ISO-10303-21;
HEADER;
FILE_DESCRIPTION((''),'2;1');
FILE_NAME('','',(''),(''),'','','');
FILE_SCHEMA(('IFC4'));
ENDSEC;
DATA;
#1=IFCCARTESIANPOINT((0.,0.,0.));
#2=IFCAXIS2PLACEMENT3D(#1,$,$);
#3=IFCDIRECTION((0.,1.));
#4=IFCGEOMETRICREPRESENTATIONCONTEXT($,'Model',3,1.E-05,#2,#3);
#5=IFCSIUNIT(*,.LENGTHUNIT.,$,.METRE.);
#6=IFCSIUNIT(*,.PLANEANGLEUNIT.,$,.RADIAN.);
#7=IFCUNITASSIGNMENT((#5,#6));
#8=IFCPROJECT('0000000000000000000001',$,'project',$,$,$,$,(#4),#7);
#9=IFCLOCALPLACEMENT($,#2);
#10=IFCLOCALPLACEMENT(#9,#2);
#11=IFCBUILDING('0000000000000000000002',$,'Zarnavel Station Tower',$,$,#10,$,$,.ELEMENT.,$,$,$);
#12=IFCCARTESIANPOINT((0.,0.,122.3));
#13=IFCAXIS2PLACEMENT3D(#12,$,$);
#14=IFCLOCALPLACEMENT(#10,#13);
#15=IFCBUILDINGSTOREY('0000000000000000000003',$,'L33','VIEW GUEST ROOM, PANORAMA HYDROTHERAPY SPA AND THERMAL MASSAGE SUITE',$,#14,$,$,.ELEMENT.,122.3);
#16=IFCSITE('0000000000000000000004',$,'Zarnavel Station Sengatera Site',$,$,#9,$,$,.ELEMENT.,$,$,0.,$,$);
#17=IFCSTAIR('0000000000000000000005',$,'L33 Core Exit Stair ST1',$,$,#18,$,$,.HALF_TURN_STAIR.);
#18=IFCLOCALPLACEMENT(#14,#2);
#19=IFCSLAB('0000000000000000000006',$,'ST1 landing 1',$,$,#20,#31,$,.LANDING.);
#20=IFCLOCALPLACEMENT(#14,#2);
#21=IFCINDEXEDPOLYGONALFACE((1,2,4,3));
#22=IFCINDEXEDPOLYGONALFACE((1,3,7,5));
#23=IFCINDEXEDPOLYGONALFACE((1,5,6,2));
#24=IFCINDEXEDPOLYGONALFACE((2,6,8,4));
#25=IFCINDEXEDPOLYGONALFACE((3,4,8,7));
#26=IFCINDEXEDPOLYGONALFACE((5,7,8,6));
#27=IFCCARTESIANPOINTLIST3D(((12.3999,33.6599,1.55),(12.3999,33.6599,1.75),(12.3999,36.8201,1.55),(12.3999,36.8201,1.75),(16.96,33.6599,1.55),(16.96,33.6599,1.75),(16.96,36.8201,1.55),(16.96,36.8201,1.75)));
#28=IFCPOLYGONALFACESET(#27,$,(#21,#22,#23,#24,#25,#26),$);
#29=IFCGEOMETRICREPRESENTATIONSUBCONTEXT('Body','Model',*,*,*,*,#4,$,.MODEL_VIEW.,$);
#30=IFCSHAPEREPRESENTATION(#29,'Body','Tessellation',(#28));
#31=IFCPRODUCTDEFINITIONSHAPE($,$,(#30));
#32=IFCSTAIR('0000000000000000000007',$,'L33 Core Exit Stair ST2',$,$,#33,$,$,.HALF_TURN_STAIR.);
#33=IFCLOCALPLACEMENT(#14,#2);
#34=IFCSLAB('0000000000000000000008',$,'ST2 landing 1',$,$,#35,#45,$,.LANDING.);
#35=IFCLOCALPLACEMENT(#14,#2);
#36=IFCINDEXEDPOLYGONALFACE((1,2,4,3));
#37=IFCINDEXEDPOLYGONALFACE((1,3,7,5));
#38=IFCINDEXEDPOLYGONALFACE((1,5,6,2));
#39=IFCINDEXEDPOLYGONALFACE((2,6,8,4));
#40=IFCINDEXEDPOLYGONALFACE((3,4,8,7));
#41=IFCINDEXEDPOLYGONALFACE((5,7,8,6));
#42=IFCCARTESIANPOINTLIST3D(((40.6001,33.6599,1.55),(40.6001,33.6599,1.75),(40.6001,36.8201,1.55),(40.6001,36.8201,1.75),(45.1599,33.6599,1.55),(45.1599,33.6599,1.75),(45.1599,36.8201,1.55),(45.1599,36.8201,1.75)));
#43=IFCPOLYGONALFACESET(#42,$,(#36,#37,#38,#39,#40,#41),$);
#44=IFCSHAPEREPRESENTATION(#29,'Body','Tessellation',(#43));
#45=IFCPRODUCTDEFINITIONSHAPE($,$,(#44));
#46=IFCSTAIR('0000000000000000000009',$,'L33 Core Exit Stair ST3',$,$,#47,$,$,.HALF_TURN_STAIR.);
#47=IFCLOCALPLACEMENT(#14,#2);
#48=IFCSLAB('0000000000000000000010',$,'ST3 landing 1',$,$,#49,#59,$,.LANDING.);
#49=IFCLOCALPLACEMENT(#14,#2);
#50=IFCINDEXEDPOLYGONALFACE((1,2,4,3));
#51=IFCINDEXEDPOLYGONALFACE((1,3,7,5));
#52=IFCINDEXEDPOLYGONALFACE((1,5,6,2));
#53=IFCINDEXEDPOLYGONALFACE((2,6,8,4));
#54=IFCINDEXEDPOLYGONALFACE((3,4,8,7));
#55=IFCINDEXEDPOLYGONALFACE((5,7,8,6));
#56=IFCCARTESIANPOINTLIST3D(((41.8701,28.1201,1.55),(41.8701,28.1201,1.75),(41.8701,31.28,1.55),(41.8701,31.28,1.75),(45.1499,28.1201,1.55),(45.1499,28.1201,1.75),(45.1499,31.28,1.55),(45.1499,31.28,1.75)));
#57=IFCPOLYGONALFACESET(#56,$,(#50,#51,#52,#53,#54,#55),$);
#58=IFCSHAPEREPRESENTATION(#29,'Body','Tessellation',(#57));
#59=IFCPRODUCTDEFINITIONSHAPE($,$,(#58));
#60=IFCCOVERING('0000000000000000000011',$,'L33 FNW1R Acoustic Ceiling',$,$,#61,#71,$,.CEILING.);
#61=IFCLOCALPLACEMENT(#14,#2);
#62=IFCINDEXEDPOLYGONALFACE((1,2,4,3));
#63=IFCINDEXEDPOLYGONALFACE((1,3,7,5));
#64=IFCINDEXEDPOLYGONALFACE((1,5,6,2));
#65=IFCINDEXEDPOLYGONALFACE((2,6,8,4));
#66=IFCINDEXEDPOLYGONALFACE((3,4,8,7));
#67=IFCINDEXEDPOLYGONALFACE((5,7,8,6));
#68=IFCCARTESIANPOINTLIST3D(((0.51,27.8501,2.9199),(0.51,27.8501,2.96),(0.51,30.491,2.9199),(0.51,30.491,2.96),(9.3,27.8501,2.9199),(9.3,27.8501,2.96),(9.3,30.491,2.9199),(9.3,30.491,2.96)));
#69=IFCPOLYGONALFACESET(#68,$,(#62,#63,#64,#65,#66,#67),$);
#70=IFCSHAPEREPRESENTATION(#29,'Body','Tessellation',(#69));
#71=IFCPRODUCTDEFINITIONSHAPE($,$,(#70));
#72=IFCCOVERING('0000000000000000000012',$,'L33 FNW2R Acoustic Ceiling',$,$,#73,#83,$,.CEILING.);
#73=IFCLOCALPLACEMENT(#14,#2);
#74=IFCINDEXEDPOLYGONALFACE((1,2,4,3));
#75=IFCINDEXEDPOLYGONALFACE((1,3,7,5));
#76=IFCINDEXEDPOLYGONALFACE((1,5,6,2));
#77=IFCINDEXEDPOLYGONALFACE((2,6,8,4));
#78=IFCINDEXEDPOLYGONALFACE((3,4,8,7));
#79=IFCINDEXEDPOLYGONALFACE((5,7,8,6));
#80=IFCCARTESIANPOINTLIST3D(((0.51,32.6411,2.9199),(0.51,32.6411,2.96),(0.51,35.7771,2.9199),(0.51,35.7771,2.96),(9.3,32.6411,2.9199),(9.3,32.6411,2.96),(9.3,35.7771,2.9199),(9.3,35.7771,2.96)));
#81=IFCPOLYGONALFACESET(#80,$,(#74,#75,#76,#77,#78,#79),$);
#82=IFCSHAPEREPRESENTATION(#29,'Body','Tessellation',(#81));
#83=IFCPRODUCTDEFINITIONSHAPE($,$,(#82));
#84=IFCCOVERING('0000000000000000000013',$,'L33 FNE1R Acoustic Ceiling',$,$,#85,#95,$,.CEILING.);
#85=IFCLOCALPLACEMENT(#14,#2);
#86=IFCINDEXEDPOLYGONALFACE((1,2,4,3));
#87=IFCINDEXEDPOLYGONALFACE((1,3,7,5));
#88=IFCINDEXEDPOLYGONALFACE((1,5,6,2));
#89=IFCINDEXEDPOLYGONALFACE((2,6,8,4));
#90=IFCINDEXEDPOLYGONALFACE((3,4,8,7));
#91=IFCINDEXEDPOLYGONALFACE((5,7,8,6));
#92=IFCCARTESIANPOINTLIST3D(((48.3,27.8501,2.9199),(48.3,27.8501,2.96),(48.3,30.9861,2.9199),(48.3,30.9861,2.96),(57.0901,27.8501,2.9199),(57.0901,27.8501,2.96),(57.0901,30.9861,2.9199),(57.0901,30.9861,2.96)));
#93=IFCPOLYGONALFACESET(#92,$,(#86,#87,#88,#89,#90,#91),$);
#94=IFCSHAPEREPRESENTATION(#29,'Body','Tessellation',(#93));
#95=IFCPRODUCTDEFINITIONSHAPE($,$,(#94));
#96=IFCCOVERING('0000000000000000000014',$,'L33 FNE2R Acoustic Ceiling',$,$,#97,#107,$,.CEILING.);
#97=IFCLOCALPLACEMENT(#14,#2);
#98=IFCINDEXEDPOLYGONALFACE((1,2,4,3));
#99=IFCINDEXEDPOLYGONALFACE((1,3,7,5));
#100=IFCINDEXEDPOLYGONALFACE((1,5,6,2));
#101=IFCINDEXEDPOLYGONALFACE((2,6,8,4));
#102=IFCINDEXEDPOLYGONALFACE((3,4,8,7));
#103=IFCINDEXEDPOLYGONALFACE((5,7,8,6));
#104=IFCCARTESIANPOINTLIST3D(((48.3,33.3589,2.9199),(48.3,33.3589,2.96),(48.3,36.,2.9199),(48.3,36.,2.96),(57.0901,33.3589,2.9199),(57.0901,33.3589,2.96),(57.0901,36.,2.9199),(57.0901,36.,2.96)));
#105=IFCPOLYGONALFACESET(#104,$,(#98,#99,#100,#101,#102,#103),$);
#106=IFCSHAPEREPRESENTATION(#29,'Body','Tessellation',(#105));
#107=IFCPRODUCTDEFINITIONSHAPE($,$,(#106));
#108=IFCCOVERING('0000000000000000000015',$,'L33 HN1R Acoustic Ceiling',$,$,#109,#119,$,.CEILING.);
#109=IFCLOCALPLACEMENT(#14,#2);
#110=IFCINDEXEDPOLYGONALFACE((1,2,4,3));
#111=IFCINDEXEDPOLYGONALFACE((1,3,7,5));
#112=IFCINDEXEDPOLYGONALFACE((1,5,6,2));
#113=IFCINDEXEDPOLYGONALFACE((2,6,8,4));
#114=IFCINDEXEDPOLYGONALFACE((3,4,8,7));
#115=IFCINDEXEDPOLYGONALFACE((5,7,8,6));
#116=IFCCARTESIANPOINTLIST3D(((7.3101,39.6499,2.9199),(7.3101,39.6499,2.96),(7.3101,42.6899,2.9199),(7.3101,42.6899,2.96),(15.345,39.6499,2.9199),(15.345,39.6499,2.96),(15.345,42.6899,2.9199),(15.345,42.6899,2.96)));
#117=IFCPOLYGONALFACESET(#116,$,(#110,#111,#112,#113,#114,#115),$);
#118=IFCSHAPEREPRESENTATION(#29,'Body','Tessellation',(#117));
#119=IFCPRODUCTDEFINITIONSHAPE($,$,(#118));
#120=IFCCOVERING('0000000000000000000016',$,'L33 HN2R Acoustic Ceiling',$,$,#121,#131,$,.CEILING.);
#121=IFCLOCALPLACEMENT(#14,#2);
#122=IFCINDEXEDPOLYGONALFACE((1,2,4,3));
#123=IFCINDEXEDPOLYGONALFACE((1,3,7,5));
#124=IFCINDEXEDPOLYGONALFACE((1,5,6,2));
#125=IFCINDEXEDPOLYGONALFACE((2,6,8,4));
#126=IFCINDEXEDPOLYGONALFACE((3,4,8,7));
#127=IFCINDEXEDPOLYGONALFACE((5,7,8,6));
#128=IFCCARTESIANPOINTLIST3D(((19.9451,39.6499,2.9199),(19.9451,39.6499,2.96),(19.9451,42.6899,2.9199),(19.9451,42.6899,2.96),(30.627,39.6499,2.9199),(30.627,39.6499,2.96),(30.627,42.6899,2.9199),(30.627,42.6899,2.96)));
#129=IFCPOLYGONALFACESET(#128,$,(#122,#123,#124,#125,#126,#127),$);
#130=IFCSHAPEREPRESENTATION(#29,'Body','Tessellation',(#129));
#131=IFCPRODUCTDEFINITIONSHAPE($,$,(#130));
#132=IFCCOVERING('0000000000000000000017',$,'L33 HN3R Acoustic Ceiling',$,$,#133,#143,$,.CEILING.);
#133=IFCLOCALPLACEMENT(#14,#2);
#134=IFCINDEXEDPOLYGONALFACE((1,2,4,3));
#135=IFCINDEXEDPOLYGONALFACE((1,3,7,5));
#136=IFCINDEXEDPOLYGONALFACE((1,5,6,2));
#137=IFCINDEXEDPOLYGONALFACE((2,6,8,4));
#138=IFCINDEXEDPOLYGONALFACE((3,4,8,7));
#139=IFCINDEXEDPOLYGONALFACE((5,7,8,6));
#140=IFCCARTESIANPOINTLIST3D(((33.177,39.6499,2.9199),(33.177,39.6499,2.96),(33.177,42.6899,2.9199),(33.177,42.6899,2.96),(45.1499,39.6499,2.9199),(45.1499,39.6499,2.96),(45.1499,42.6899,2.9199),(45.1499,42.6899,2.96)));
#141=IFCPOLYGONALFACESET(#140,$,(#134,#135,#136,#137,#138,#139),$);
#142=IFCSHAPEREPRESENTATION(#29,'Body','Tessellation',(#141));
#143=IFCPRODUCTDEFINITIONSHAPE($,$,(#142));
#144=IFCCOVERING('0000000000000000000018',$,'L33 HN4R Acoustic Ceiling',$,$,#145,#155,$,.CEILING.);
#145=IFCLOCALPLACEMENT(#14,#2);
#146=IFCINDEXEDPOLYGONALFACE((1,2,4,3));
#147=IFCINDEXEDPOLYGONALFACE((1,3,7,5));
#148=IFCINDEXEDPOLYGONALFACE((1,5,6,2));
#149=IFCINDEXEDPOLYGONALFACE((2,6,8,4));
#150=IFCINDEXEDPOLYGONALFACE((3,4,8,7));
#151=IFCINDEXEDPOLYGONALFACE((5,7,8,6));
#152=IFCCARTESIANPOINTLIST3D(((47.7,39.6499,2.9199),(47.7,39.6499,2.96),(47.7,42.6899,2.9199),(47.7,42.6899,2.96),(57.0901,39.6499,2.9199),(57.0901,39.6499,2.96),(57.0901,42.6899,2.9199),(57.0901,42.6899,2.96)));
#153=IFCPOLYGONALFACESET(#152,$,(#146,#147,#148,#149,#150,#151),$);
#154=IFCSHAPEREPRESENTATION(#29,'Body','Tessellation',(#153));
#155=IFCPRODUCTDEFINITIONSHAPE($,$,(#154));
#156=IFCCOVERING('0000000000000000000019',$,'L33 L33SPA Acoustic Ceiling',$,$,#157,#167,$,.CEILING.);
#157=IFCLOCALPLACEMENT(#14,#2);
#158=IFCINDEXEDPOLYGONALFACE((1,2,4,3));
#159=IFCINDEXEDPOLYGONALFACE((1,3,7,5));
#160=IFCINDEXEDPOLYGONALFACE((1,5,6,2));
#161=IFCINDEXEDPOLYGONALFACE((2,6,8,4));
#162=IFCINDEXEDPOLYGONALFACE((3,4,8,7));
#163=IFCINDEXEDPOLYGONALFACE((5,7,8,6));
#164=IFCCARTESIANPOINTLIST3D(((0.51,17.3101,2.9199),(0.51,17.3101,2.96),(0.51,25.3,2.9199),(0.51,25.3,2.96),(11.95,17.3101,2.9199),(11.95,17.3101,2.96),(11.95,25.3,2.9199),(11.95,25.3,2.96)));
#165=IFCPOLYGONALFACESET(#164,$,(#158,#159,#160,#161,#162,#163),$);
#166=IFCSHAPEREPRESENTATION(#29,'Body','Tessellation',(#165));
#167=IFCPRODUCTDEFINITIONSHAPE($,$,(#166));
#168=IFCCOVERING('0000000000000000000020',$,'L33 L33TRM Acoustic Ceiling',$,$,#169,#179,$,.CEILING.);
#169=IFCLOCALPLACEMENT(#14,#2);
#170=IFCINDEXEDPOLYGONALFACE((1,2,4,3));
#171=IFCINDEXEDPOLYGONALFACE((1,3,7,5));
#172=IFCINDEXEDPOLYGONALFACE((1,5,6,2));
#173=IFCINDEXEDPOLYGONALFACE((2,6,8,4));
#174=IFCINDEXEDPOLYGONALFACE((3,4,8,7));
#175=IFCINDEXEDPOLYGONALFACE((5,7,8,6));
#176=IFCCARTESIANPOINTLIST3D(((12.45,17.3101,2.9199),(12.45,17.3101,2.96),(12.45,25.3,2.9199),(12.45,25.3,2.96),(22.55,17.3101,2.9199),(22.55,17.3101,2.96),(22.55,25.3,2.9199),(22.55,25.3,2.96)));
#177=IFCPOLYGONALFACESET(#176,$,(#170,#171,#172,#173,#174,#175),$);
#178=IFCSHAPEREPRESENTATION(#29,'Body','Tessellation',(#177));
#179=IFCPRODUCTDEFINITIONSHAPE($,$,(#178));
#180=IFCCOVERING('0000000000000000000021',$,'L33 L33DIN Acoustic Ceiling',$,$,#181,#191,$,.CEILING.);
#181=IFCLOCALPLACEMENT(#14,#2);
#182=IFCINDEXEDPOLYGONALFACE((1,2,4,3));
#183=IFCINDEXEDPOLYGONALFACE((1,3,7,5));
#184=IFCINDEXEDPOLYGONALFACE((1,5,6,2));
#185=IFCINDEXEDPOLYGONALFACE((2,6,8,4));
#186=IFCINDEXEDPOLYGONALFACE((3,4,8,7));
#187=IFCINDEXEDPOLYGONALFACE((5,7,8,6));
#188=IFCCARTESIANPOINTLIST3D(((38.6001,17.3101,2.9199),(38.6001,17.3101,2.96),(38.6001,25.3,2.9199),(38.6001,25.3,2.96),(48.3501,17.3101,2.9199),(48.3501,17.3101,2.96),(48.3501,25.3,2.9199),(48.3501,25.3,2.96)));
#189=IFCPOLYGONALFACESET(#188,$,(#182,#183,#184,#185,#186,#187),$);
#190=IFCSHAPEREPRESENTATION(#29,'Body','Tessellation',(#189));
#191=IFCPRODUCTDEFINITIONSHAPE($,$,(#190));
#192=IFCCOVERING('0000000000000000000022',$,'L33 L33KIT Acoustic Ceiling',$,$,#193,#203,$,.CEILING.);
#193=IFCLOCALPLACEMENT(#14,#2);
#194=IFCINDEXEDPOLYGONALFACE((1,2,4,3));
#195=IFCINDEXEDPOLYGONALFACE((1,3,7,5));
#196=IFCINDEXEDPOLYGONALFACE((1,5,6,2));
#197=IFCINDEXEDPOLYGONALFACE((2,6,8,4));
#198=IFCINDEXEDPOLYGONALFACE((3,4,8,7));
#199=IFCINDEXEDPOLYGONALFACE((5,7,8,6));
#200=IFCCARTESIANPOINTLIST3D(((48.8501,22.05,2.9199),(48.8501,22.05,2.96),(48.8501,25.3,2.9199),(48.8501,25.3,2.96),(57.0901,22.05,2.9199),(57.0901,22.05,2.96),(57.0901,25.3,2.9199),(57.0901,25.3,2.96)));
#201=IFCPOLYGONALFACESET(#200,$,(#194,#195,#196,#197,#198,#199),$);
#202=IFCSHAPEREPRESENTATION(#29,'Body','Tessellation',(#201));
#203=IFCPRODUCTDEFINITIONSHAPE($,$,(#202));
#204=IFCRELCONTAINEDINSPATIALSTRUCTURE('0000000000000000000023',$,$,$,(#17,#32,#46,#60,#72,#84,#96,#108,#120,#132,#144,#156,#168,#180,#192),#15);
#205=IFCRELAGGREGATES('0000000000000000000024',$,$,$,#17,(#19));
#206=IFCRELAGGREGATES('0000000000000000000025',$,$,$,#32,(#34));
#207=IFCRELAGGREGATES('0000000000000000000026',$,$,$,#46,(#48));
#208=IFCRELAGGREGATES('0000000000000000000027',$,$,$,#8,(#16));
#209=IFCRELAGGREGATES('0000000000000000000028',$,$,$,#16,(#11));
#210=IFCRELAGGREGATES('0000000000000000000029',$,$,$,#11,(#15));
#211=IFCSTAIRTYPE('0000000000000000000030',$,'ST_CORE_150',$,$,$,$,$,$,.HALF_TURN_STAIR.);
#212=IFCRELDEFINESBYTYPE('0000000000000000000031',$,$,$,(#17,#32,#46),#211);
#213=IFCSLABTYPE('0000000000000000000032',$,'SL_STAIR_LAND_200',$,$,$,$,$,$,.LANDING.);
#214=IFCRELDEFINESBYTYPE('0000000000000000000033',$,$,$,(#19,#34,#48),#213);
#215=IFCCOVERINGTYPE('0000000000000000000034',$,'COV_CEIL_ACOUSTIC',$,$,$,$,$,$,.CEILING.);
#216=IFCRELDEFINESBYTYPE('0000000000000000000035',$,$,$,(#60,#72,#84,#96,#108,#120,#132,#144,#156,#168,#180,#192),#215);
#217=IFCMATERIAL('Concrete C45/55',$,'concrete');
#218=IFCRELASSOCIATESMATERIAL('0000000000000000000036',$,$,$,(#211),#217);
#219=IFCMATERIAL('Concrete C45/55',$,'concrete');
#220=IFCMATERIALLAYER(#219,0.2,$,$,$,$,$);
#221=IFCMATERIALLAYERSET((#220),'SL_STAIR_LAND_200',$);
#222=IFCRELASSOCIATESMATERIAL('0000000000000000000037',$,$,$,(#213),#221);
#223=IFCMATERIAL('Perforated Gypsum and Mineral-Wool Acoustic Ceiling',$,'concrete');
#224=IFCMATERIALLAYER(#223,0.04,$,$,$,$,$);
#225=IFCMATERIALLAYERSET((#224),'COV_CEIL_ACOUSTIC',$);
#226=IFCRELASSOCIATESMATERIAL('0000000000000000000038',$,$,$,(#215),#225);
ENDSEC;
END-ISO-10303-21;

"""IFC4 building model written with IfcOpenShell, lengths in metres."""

from ifc_helpers import new_model, si_unit, direction, frame, origin, place, context, subcontext, project, spatial, polyline, outline, extrude, material, layer, layer_set, type_object, element, aggregate, save


model = new_model("IFC4")

# Units and contexts
model_context = context("Model", 3, precision=1e-05, world=origin(), true_north=direction((0.0, 1.0)))
body_context = subcontext(model_context, "Body", "Model", "MODEL_VIEW")
ifc_project = project(units=[si_unit("LENGTHUNIT", "METRE"), si_unit("PLANEANGLEUNIT", "RADIAN")], contexts=[model_context])

# Site, building, storey
site_placement = place(None, origin())
site = spatial("IfcSite", under=ifc_project, at=site_placement, Name="Zarnavel Station Sengatera Site", CompositionType="ELEMENT", RefElevation=0.0)
building_placement = place(site_placement, origin())
building = spatial("IfcBuilding", under=site, at=building_placement, Name="Zarnavel Station Tower", CompositionType="ELEMENT")
storey_placement = place(building_placement, frame((0.0, 0.0, 122.3)))
storey = spatial("IfcBuildingStorey", under=building, at=storey_placement, Name="L33", Description="VIEW GUEST ROOM, PANORAMA HYDROTHERAPY SPA AND THERMAL MASSAGE SUITE", CompositionType="ELEMENT", Elevation=122.3)

# Stairs, slabs
ifc_material_1 = material(Name="Concrete C45/55", Category="concrete")
stair_type = type_object("IfcStairType", Name="ST_CORE_150", PredefinedType="HALF_TURN_STAIR", material=ifc_material_1)
stair_1_placement = place(storey_placement, origin())
stair_1 = element("IfcStair", 1, at=stair_1_placement, inside=storey, type_object=stair_type, Name="L33 Core Exit Stair ST1", PredefinedType="HALF_TURN_STAIR")
ifc_material_2 = material(Name="Concrete C45/55", Category="concrete")
ifc_layer_1 = layer(ifc_material_2, 0.2)
ifc_layer_set_1 = layer_set([ifc_layer_1], Name="SL_STAIR_LAND_200")
slab_type_1 = type_object("IfcSlabType", Name="SL_STAIR_LAND_200", PredefinedType="LANDING", material=ifc_layer_set_1)
slab_1_placement = place(storey_placement, frame((0.0, 0.0, 1.55)))
slab_1 = element("IfcSlab", 2, at=slab_1_placement, type_object=slab_type_1, Name="ST1 landing 1", PredefinedType="LANDING", context=body_context, shape_type="SweptSolid", body=[
    extrude(outline(polyline([(16.96, 36.8201), (12.3999, 36.8201), (12.3999, 33.6599), (16.96, 33.6599), (16.96, 36.8201)])), origin(), (0.0, 0.0, 1.0), 0.2),
])
aggregate(stair_1, [slab_1])
stair_2_placement = place(storey_placement, origin())
stair_2 = element("IfcStair", 3, at=stair_2_placement, inside=storey, type_object=stair_type, Name="L33 Core Exit Stair ST2", PredefinedType="HALF_TURN_STAIR")
slab_2_placement = place(storey_placement, frame((0.0, 0.0, 1.55)))
slab_2 = element("IfcSlab", 4, at=slab_2_placement, type_object=slab_type_1, Name="ST2 landing 1", PredefinedType="LANDING", context=body_context, shape_type="SweptSolid", body=[
    extrude(outline(polyline([(40.6001, 33.6599), (45.1599, 33.6599), (45.1599, 36.8201), (40.6001, 36.8201), (40.6001, 33.6599)])), origin(), (0.0, 0.0, 1.0), 0.2),
])
aggregate(stair_2, [slab_2])
stair_3_placement = place(storey_placement, origin())
stair_3 = element("IfcStair", 5, at=stair_3_placement, inside=storey, type_object=stair_type, Name="L33 Core Exit Stair ST3", PredefinedType="HALF_TURN_STAIR")
slab_3_placement = place(storey_placement, frame((0.0, 0.0, 1.55)))
slab_3 = element("IfcSlab", 6, at=slab_3_placement, type_object=slab_type_1, Name="ST3 landing 1", PredefinedType="LANDING", context=body_context, shape_type="SweptSolid", body=[
    extrude(outline(polyline([(41.8701, 28.1201), (45.1499, 28.1201), (45.1499, 31.28), (41.8701, 31.28), (41.8701, 28.1201)])), origin(), (0.0, 0.0, 1.0), 0.2),
])
aggregate(stair_3, [slab_3])

# Coverings
ifc_material_3 = material(Name="Perforated Gypsum and Mineral-Wool Acoustic Ceiling", Category="concrete")
ifc_layer_2 = layer(ifc_material_3, 0.04)
ifc_layer_set_2 = layer_set([ifc_layer_2], Name="COV_CEIL_ACOUSTIC")
covering_type_1 = type_object("IfcCoveringType", Name="COV_CEIL_ACOUSTIC", PredefinedType="CEILING", material=ifc_layer_set_2)
covering_1_placement = place(storey_placement, frame((0.0, 0.0, 2.9199)))
element("IfcCovering", 7, at=covering_1_placement, inside=storey, type_object=covering_type_1, Name="L33 FNW1R Acoustic Ceiling", PredefinedType="CEILING", context=body_context, shape_type="SweptSolid", body=[
    extrude(outline(polyline([(0.51, 27.8501), (9.3, 27.8501), (9.3, 30.491), (0.51, 30.491), (0.51, 27.8501)])), origin(), (0.0, 0.0, 1.0), 0.04),
])
covering_2_placement = place(storey_placement, frame((0.0, 0.0, 2.9199)))
element("IfcCovering", 8, at=covering_2_placement, inside=storey, type_object=covering_type_1, Name="L33 FNW2R Acoustic Ceiling", PredefinedType="CEILING", context=body_context, shape_type="SweptSolid", body=[
    extrude(outline(polyline([(0.51, 32.6411), (9.3, 32.6411), (9.3, 35.7771), (0.51, 35.7771), (0.51, 32.6411)])), origin(), (0.0, 0.0, 1.0), 0.04),
])
covering_3_placement = place(storey_placement, frame((0.0, 0.0, 2.9199)))
element("IfcCovering", 9, at=covering_3_placement, inside=storey, type_object=covering_type_1, Name="L33 FNE1R Acoustic Ceiling", PredefinedType="CEILING", context=body_context, shape_type="SweptSolid", body=[
    extrude(outline(polyline([(48.3, 27.8501), (57.0901, 27.8501), (57.0901, 30.9861), (48.3, 30.9861), (48.3, 27.8501)])), origin(), (0.0, 0.0, 1.0), 0.04),
])
covering_4_placement = place(storey_placement, frame((0.0, 0.0, 2.9199)))
element("IfcCovering", 10, at=covering_4_placement, inside=storey, type_object=covering_type_1, Name="L33 FNE2R Acoustic Ceiling", PredefinedType="CEILING", context=body_context, shape_type="SweptSolid", body=[
    extrude(outline(polyline([(48.3, 33.3589), (57.0901, 33.3589), (57.0901, 36.0), (48.3, 36.0), (48.3, 33.3589)])), origin(), (0.0, 0.0, 1.0), 0.04),
])
covering_5_placement = place(storey_placement, frame((0.0, 0.0, 2.9199)))
element("IfcCovering", 11, at=covering_5_placement, inside=storey, type_object=covering_type_1, Name="L33 HN1R Acoustic Ceiling", PredefinedType="CEILING", context=body_context, shape_type="SweptSolid", body=[
    extrude(outline(polyline([(7.3101, 39.6499), (15.345, 39.6499), (15.345, 42.6899), (7.3101, 42.6899), (7.3101, 39.6499)])), origin(), (0.0, 0.0, 1.0), 0.04),
])
covering_6_placement = place(storey_placement, frame((0.0, 0.0, 2.9199)))
element("IfcCovering", 12, at=covering_6_placement, inside=storey, type_object=covering_type_1, Name="L33 HN2R Acoustic Ceiling", PredefinedType="CEILING", context=body_context, shape_type="SweptSolid", body=[
    extrude(outline(polyline([(19.9451, 39.6499), (30.627, 39.6499), (30.627, 42.6899), (19.9451, 42.6899), (19.9451, 39.6499)])), origin(), (0.0, 0.0, 1.0), 0.04),
])
covering_7_placement = place(storey_placement, frame((0.0, 0.0, 2.9199)))
element("IfcCovering", 13, at=covering_7_placement, inside=storey, type_object=covering_type_1, Name="L33 HN3R Acoustic Ceiling", PredefinedType="CEILING", context=body_context, shape_type="SweptSolid", body=[
    extrude(outline(polyline([(33.177, 39.6499), (45.1499, 39.6499), (45.1499, 42.6899), (33.177, 42.6899), (33.177, 39.6499)])), origin(), (0.0, 0.0, 1.0), 0.04),
])
covering_8_placement = place(storey_placement, frame((0.0, 0.0, 2.9199)))
element("IfcCovering", 14, at=covering_8_placement, inside=storey, type_object=covering_type_1, Name="L33 HN4R Acoustic Ceiling", PredefinedType="CEILING", context=body_context, shape_type="SweptSolid", body=[
    extrude(outline(polyline([(47.7, 39.6499), (57.0901, 39.6499), (57.0901, 42.6899), (47.7, 42.6899), (47.7, 39.6499)])), origin(), (0.0, 0.0, 1.0), 0.04),
])
covering_9_placement = place(storey_placement, frame((0.0, 0.0, 2.9199)))
element("IfcCovering", 15, at=covering_9_placement, inside=storey, type_object=covering_type_1, Name="L33 L33SPA Acoustic Ceiling", PredefinedType="CEILING", context=body_context, shape_type="SweptSolid", body=[
    extrude(outline(polyline([(0.51, 17.3101), (11.95, 17.3101), (11.95, 25.3), (0.51, 25.3), (0.51, 17.3101)])), origin(), (0.0, 0.0, 1.0), 0.04),
])
covering_10_placement = place(storey_placement, frame((0.0, 0.0, 2.9199)))
element("IfcCovering", 16, at=covering_10_placement, inside=storey, type_object=covering_type_1, Name="L33 L33TRM Acoustic Ceiling", PredefinedType="CEILING", context=body_context, shape_type="SweptSolid", body=[
    extrude(outline(polyline([(12.45, 17.3101), (22.55, 17.3101), (22.55, 25.3), (12.45, 25.3), (12.45, 17.3101)])), origin(), (0.0, 0.0, 1.0), 0.04),
])
covering_11_placement = place(storey_placement, frame((0.0, 0.0, 2.9199)))
element("IfcCovering", 17, at=covering_11_placement, inside=storey, type_object=covering_type_1, Name="L33 L33DIN Acoustic Ceiling", PredefinedType="CEILING", context=body_context, shape_type="SweptSolid", body=[
    extrude(outline(polyline([(38.6001, 17.3101), (48.3501, 17.3101), (48.3501, 25.3), (38.6001, 25.3), (38.6001, 17.3101)])), origin(), (0.0, 0.0, 1.0), 0.04),
])
covering_12_placement = place(storey_placement, frame((0.0, 0.0, 2.9199)))
element("IfcCovering", 18, at=covering_12_placement, inside=storey, type_object=covering_type_1, Name="L33 L33KIT Acoustic Ceiling", PredefinedType="CEILING", context=body_context, shape_type="SweptSolid", body=[
    extrude(outline(polyline([(48.8501, 22.05), (57.0901, 22.05), (57.0901, 25.3), (48.8501, 25.3), (48.8501, 22.05)])), origin(), (0.0, 0.0, 1.0), 0.04),
])

save(model, "model.ifc")
